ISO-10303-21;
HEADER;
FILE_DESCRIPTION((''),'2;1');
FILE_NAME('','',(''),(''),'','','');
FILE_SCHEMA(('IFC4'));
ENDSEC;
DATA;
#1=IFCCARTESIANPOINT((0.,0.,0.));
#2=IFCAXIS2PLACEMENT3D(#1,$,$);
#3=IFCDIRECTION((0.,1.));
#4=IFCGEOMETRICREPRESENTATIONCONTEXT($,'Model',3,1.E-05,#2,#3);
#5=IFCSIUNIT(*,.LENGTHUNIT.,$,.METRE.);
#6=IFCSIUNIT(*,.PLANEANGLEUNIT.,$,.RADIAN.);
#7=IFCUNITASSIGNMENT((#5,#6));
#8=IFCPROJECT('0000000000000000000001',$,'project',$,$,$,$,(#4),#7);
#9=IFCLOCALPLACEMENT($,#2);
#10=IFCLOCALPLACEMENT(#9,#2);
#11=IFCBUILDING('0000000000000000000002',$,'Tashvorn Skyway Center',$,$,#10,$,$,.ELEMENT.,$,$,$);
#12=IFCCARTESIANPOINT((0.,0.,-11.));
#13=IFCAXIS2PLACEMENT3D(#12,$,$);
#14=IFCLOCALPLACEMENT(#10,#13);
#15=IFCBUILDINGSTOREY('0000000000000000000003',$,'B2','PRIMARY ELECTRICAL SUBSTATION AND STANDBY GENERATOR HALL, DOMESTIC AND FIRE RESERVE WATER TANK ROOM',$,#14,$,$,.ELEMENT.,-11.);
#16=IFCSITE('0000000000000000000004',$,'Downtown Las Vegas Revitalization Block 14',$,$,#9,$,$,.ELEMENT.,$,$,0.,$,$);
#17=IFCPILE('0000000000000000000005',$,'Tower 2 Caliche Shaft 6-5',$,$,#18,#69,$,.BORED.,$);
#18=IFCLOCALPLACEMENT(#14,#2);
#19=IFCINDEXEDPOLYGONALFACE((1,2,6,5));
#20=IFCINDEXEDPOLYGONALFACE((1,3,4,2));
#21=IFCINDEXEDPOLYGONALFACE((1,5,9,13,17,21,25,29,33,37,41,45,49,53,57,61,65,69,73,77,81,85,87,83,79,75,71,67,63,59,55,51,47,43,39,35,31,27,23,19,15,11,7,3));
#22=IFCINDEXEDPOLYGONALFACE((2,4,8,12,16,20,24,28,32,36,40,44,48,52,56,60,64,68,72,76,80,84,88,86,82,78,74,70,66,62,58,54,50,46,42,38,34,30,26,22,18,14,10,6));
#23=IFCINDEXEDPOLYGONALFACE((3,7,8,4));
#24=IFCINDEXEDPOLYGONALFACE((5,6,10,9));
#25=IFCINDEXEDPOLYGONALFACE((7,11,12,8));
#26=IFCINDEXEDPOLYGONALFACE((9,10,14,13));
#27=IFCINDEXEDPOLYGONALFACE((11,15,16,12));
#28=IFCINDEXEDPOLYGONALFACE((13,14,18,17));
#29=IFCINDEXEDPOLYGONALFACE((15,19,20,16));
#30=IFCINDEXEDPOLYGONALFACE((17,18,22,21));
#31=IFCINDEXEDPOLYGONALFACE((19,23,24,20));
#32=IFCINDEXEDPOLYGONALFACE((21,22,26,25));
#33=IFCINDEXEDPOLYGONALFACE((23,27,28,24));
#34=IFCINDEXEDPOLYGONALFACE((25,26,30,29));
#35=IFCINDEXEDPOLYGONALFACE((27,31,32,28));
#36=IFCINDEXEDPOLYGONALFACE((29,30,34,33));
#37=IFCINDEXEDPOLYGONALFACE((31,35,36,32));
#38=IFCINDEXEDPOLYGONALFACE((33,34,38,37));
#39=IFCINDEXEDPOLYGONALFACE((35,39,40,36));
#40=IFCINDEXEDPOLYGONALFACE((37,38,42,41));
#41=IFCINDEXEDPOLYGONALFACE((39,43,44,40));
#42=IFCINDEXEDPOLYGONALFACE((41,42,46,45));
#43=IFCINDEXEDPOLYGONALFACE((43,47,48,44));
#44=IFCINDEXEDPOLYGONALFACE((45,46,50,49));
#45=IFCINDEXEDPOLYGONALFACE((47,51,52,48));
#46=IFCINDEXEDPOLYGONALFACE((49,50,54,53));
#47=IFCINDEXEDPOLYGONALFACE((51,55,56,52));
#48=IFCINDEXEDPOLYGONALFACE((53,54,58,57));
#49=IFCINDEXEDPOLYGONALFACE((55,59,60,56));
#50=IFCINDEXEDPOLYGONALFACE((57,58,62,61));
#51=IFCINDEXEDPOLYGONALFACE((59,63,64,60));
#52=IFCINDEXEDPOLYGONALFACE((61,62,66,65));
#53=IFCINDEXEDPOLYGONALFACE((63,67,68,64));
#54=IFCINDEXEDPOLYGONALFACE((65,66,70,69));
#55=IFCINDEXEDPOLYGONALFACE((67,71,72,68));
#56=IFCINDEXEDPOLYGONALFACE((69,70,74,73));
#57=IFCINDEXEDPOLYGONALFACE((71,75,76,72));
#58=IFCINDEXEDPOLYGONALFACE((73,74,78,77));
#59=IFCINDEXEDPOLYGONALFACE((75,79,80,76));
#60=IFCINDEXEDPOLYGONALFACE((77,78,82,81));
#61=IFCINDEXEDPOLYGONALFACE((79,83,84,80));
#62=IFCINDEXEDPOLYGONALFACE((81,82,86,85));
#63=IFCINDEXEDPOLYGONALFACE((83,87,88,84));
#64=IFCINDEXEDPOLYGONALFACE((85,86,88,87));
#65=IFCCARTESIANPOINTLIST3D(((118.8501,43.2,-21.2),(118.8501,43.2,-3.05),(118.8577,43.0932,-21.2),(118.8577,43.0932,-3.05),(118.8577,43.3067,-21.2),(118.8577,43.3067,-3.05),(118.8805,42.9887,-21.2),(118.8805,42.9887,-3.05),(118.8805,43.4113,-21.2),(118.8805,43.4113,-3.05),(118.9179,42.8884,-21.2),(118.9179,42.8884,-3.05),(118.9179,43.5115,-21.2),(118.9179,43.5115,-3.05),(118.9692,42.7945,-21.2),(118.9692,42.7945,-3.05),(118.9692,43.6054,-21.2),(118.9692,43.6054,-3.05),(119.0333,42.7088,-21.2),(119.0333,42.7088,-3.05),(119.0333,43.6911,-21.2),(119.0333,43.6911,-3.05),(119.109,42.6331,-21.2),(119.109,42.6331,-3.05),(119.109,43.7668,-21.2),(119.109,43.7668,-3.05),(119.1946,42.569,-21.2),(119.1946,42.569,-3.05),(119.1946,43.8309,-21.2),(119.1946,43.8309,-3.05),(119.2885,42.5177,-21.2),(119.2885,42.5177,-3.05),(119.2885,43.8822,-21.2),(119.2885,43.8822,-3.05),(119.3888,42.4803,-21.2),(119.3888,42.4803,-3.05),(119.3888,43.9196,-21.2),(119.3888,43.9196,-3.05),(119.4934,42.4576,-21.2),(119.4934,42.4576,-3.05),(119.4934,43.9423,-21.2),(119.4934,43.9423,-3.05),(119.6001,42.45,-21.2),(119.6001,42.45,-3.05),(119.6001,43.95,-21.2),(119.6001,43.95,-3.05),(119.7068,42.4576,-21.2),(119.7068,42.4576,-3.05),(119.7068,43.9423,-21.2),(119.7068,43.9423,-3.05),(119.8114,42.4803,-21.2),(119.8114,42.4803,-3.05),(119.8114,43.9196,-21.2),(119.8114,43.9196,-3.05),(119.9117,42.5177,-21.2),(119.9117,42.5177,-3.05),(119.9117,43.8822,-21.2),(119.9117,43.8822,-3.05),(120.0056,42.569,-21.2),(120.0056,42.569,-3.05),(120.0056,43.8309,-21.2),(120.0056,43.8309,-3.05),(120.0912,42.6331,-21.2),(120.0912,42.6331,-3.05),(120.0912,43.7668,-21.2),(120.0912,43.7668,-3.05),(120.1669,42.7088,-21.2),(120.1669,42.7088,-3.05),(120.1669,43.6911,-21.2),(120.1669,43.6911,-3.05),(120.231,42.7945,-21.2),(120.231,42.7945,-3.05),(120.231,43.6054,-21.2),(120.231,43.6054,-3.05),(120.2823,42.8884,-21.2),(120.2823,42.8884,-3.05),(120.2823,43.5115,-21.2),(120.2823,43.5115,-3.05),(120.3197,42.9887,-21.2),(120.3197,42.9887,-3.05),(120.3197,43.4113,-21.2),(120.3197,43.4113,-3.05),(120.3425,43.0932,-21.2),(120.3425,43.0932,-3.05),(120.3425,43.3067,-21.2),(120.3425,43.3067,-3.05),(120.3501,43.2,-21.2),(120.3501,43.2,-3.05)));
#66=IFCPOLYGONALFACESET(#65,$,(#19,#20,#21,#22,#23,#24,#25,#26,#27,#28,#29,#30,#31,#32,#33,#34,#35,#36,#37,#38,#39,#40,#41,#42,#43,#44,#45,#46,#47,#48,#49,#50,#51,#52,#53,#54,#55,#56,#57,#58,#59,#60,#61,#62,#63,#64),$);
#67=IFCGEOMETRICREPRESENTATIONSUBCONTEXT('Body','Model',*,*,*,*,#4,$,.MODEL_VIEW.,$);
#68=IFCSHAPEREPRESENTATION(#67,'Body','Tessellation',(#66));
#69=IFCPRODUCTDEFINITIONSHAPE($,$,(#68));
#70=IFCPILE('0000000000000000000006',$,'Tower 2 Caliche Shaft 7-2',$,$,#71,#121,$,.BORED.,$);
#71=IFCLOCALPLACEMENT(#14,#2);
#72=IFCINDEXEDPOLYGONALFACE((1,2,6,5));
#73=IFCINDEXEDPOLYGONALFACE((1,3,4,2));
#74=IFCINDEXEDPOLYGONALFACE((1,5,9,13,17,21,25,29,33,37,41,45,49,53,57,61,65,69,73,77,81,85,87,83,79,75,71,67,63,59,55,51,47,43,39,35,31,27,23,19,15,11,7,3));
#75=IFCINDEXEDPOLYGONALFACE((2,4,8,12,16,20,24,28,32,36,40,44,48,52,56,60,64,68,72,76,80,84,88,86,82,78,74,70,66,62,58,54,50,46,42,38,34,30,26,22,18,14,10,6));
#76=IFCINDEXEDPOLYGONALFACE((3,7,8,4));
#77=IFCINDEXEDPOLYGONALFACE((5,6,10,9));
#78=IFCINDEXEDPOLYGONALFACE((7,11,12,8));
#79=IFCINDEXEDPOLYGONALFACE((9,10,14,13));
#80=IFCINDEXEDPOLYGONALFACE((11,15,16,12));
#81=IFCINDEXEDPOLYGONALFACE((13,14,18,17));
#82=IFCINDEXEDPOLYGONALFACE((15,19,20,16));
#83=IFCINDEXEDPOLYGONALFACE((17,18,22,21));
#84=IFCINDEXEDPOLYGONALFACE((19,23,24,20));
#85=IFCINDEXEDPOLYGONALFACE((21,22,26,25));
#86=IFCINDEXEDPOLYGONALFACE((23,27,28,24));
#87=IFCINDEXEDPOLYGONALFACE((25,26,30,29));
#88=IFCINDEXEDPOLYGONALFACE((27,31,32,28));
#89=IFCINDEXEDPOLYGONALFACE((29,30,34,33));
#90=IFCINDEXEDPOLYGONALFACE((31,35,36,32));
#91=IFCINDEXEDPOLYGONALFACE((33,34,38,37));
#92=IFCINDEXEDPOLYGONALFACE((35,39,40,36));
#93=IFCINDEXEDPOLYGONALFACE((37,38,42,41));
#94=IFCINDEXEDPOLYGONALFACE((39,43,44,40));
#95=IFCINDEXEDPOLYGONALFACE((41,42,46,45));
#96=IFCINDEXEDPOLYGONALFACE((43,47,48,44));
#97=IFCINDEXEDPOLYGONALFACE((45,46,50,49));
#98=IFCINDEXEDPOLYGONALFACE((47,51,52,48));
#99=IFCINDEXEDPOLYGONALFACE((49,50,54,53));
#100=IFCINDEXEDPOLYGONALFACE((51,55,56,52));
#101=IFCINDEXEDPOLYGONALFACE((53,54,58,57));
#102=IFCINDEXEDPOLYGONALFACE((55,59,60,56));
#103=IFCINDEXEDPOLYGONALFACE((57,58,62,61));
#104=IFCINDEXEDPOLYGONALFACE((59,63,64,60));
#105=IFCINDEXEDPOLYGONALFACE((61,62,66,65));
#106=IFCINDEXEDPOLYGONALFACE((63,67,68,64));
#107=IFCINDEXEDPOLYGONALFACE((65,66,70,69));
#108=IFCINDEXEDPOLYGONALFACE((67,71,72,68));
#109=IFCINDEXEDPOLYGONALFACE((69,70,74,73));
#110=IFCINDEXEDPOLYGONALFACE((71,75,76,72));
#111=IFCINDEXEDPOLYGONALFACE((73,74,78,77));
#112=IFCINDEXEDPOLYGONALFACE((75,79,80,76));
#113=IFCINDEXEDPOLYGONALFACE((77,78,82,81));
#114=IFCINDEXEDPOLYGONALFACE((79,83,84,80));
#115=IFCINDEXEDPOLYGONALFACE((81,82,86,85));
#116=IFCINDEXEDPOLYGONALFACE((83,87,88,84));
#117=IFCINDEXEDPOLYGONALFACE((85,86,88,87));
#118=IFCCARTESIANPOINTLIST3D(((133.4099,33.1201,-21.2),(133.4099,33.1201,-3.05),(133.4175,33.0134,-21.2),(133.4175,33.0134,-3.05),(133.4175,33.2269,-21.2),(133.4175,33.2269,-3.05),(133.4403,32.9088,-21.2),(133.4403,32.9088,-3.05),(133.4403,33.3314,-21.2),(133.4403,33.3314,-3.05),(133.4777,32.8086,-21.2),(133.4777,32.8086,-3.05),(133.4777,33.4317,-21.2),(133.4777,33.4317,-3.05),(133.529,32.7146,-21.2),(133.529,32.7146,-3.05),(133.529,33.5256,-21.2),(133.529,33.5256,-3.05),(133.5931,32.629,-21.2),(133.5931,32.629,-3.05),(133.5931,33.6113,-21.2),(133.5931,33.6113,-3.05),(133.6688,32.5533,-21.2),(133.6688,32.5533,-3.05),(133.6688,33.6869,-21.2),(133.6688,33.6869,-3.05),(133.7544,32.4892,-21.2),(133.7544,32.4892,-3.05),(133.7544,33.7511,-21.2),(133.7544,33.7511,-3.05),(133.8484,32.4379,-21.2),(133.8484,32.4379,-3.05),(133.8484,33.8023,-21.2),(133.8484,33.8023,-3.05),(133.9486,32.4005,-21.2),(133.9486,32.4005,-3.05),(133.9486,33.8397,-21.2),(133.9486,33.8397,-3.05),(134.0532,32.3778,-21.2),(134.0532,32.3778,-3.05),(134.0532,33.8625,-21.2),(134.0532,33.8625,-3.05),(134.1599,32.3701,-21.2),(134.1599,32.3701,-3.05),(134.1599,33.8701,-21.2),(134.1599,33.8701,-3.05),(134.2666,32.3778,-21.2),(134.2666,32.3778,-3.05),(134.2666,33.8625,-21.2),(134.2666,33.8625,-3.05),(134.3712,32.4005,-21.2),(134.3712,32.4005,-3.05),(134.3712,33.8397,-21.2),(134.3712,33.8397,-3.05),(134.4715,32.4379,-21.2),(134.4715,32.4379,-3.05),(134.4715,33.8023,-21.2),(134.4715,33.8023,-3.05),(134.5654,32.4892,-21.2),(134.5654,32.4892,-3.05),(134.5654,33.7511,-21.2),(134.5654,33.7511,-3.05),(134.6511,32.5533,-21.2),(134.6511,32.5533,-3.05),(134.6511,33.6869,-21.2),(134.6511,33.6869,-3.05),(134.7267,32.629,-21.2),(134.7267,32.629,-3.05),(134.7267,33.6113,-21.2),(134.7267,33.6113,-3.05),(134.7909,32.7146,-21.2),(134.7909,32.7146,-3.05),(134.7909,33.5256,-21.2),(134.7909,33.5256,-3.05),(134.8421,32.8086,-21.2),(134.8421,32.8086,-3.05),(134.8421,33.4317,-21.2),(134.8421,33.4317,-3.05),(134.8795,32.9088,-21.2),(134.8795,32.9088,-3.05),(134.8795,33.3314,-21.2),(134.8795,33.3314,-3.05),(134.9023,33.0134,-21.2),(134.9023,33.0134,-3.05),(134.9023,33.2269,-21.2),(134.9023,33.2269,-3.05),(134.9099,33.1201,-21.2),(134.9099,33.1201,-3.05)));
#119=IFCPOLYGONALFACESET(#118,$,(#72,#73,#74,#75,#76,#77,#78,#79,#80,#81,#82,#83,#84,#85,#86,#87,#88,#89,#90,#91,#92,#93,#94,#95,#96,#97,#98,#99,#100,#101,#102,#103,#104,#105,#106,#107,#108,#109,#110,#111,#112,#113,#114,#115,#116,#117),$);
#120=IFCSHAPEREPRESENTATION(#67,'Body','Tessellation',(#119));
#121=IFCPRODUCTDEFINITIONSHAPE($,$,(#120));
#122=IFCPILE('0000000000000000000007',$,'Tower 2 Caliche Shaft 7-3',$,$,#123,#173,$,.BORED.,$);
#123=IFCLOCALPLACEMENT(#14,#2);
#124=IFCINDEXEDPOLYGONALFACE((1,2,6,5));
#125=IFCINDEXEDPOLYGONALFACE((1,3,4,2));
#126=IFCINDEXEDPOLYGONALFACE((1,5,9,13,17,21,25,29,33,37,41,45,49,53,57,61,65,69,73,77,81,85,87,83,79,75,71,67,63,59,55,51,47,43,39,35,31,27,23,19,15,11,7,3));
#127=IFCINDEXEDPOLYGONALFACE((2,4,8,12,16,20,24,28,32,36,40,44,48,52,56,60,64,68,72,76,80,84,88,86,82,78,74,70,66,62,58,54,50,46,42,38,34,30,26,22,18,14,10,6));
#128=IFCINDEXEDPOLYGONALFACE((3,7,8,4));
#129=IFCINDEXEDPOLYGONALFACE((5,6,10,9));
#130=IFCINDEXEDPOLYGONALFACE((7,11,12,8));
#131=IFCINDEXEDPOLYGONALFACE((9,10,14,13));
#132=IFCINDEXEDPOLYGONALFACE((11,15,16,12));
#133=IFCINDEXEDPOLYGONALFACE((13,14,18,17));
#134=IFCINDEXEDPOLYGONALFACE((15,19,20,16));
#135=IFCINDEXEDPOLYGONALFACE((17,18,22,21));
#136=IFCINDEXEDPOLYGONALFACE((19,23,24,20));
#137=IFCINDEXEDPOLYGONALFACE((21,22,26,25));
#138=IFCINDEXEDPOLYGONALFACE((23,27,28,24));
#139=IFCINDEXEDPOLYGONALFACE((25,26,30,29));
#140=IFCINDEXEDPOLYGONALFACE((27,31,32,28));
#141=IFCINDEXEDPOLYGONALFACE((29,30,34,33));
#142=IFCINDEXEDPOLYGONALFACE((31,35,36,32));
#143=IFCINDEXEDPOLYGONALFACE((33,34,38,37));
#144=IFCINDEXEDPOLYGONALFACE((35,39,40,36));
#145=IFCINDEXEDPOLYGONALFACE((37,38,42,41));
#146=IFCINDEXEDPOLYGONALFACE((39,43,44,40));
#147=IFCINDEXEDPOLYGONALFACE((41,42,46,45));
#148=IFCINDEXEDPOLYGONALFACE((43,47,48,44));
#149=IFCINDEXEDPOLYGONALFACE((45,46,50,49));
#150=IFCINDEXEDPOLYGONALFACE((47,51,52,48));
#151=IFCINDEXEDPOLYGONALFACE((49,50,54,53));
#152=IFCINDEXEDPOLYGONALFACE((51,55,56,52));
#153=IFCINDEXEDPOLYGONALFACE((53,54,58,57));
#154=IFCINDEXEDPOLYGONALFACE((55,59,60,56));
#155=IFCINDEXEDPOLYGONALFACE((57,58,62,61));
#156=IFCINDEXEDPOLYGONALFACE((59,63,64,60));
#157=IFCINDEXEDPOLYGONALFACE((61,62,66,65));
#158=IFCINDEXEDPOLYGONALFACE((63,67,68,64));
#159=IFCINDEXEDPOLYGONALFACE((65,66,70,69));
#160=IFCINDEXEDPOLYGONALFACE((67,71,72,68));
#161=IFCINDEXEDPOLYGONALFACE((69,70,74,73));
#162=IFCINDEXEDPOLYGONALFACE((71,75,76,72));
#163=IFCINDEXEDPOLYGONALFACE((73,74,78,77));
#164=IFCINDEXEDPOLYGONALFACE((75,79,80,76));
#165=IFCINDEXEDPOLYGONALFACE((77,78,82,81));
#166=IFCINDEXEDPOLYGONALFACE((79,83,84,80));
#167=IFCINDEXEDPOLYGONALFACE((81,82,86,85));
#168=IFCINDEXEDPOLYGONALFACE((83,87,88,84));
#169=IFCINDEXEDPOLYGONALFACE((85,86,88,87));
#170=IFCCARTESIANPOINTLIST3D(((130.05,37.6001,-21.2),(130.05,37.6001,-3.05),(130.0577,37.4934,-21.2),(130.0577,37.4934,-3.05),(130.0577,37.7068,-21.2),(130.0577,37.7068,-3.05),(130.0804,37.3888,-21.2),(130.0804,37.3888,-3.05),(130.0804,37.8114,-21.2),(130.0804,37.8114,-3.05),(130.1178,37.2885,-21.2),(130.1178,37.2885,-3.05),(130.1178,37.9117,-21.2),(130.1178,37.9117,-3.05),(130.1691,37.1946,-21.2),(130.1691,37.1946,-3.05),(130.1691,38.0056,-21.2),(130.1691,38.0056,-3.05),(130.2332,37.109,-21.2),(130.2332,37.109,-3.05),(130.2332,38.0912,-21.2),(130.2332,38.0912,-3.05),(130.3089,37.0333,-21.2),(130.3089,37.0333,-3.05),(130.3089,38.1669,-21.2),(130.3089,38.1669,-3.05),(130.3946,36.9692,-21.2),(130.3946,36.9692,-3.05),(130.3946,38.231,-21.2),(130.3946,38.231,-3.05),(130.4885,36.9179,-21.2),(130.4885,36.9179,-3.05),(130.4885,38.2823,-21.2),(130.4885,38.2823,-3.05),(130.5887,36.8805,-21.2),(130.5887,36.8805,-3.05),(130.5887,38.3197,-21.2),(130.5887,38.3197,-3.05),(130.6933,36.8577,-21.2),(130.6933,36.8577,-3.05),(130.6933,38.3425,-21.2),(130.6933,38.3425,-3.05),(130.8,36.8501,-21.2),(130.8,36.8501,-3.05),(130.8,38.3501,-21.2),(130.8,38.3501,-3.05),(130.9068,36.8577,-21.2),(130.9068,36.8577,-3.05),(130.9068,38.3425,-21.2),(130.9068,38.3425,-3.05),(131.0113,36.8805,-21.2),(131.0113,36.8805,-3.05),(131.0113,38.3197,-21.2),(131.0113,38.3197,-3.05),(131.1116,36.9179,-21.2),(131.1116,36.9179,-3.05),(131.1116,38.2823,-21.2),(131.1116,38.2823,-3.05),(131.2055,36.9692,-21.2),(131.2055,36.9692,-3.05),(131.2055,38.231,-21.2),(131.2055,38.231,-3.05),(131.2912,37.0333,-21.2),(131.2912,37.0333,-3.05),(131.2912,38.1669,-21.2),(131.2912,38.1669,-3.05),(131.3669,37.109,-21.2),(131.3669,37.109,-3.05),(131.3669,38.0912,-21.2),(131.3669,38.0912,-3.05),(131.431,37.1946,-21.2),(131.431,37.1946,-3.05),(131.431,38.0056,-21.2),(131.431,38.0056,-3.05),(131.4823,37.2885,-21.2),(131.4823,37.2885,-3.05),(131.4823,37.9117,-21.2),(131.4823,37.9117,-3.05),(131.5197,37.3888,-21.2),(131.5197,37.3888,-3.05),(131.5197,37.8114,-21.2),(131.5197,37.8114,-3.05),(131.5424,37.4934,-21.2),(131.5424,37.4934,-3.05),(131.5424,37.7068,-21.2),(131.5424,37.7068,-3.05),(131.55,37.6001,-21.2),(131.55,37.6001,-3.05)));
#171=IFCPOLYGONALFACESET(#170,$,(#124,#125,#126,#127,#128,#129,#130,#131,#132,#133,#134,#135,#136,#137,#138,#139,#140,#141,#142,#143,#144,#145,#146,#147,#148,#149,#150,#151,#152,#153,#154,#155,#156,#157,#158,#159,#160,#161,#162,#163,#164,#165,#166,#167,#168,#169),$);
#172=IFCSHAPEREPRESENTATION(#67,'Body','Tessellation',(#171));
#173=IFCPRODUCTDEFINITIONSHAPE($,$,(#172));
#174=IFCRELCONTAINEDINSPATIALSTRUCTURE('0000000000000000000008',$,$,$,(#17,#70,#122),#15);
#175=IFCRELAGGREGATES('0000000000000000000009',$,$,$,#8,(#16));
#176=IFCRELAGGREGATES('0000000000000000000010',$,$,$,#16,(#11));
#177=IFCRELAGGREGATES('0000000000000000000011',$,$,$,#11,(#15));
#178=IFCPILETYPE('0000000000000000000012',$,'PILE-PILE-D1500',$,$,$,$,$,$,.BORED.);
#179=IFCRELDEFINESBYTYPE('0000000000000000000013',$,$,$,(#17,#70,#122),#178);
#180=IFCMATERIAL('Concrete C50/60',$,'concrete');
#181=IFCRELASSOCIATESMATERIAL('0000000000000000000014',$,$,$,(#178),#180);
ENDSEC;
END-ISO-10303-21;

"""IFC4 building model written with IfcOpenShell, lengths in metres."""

from ifc_helpers import new_model, si_unit, direction, frame, origin, origin_2d, place, context, subcontext, project, spatial, circle, extrude, material, material_profile, profile_set, type_object, element, save


model = new_model("IFC4")

# Units and contexts
model_context = context("Model", 3, precision=1e-05, world=origin(), true_north=direction((0.0, 1.0)))
body_context = subcontext(model_context, "Body", "Model", "MODEL_VIEW")
ifc_project = project(units=[si_unit("LENGTHUNIT", "METRE"), si_unit("PLANEANGLEUNIT", "RADIAN")], contexts=[model_context])

# Site, building, storey
site_placement = place(None, origin())
site = spatial("IfcSite", under=ifc_project, at=site_placement, Name="Downtown Las Vegas Revitalization Block 14", CompositionType="ELEMENT", RefElevation=0.0)
building_placement = place(site_placement, origin())
building = spatial("IfcBuilding", under=site, at=building_placement, Name="Tashvorn Skyway Center", CompositionType="ELEMENT")
storey_placement = place(building_placement, frame((0.0, 0.0, -11.0)))
storey = spatial("IfcBuildingStorey", under=building, at=storey_placement, Name="B2", Description="PRIMARY ELECTRICAL SUBSTATION AND STANDBY GENERATOR HALL, DOMESTIC AND FIRE RESERVE WATER TANK ROOM", CompositionType="ELEMENT", Elevation=-11.0)

# Piles
ifc_material_1 = material(Name="Concrete C50/60", Category="concrete")
ifc_material_profile_1 = material_profile(ifc_material_1, circle(Radius=0.75, at=origin_2d()), Name="PILE-D1500")
ifc_profile_set_1 = profile_set([ifc_material_profile_1], Name="Concrete C50/60")
pile_type = type_object("IfcPileType", Name="PILE-PILE-D1500", PredefinedType="BORED", material=ifc_profile_set_1)
for number, where, z_axis, x_axis, name in (
    (1, (119.6001, 43.2, -3.05), (0.0, 0.0, -1.0), (1.0, 0.0, 0.0), "Tower 2 Caliche Shaft 6-5"),
    (2, (134.1599, 33.1201, -3.05), (0.0, 0.0, -1.0), (1.0, 0.0, 0.0), "Tower 2 Caliche Shaft 7-2"),
    (3, (130.8, 37.6001, -3.05), (0.0, 0.0, -1.0), (1.0, 0.0, 0.0), "Tower 2 Caliche Shaft 7-3"),
):
    element("IfcPile", number, at=place(storey_placement, frame(where, z_axis=z_axis, x_axis=x_axis)), inside=storey, type_object=pile_type, Name=name, PredefinedType="BORED", context=body_context, shape_type="SweptSolid", body=[
        extrude(circle(Radius=0.75, at=origin_2d()), origin(), (0.0, 0.0, 1.0), 18.1499),
    ])

save(model, "model.ifc")
